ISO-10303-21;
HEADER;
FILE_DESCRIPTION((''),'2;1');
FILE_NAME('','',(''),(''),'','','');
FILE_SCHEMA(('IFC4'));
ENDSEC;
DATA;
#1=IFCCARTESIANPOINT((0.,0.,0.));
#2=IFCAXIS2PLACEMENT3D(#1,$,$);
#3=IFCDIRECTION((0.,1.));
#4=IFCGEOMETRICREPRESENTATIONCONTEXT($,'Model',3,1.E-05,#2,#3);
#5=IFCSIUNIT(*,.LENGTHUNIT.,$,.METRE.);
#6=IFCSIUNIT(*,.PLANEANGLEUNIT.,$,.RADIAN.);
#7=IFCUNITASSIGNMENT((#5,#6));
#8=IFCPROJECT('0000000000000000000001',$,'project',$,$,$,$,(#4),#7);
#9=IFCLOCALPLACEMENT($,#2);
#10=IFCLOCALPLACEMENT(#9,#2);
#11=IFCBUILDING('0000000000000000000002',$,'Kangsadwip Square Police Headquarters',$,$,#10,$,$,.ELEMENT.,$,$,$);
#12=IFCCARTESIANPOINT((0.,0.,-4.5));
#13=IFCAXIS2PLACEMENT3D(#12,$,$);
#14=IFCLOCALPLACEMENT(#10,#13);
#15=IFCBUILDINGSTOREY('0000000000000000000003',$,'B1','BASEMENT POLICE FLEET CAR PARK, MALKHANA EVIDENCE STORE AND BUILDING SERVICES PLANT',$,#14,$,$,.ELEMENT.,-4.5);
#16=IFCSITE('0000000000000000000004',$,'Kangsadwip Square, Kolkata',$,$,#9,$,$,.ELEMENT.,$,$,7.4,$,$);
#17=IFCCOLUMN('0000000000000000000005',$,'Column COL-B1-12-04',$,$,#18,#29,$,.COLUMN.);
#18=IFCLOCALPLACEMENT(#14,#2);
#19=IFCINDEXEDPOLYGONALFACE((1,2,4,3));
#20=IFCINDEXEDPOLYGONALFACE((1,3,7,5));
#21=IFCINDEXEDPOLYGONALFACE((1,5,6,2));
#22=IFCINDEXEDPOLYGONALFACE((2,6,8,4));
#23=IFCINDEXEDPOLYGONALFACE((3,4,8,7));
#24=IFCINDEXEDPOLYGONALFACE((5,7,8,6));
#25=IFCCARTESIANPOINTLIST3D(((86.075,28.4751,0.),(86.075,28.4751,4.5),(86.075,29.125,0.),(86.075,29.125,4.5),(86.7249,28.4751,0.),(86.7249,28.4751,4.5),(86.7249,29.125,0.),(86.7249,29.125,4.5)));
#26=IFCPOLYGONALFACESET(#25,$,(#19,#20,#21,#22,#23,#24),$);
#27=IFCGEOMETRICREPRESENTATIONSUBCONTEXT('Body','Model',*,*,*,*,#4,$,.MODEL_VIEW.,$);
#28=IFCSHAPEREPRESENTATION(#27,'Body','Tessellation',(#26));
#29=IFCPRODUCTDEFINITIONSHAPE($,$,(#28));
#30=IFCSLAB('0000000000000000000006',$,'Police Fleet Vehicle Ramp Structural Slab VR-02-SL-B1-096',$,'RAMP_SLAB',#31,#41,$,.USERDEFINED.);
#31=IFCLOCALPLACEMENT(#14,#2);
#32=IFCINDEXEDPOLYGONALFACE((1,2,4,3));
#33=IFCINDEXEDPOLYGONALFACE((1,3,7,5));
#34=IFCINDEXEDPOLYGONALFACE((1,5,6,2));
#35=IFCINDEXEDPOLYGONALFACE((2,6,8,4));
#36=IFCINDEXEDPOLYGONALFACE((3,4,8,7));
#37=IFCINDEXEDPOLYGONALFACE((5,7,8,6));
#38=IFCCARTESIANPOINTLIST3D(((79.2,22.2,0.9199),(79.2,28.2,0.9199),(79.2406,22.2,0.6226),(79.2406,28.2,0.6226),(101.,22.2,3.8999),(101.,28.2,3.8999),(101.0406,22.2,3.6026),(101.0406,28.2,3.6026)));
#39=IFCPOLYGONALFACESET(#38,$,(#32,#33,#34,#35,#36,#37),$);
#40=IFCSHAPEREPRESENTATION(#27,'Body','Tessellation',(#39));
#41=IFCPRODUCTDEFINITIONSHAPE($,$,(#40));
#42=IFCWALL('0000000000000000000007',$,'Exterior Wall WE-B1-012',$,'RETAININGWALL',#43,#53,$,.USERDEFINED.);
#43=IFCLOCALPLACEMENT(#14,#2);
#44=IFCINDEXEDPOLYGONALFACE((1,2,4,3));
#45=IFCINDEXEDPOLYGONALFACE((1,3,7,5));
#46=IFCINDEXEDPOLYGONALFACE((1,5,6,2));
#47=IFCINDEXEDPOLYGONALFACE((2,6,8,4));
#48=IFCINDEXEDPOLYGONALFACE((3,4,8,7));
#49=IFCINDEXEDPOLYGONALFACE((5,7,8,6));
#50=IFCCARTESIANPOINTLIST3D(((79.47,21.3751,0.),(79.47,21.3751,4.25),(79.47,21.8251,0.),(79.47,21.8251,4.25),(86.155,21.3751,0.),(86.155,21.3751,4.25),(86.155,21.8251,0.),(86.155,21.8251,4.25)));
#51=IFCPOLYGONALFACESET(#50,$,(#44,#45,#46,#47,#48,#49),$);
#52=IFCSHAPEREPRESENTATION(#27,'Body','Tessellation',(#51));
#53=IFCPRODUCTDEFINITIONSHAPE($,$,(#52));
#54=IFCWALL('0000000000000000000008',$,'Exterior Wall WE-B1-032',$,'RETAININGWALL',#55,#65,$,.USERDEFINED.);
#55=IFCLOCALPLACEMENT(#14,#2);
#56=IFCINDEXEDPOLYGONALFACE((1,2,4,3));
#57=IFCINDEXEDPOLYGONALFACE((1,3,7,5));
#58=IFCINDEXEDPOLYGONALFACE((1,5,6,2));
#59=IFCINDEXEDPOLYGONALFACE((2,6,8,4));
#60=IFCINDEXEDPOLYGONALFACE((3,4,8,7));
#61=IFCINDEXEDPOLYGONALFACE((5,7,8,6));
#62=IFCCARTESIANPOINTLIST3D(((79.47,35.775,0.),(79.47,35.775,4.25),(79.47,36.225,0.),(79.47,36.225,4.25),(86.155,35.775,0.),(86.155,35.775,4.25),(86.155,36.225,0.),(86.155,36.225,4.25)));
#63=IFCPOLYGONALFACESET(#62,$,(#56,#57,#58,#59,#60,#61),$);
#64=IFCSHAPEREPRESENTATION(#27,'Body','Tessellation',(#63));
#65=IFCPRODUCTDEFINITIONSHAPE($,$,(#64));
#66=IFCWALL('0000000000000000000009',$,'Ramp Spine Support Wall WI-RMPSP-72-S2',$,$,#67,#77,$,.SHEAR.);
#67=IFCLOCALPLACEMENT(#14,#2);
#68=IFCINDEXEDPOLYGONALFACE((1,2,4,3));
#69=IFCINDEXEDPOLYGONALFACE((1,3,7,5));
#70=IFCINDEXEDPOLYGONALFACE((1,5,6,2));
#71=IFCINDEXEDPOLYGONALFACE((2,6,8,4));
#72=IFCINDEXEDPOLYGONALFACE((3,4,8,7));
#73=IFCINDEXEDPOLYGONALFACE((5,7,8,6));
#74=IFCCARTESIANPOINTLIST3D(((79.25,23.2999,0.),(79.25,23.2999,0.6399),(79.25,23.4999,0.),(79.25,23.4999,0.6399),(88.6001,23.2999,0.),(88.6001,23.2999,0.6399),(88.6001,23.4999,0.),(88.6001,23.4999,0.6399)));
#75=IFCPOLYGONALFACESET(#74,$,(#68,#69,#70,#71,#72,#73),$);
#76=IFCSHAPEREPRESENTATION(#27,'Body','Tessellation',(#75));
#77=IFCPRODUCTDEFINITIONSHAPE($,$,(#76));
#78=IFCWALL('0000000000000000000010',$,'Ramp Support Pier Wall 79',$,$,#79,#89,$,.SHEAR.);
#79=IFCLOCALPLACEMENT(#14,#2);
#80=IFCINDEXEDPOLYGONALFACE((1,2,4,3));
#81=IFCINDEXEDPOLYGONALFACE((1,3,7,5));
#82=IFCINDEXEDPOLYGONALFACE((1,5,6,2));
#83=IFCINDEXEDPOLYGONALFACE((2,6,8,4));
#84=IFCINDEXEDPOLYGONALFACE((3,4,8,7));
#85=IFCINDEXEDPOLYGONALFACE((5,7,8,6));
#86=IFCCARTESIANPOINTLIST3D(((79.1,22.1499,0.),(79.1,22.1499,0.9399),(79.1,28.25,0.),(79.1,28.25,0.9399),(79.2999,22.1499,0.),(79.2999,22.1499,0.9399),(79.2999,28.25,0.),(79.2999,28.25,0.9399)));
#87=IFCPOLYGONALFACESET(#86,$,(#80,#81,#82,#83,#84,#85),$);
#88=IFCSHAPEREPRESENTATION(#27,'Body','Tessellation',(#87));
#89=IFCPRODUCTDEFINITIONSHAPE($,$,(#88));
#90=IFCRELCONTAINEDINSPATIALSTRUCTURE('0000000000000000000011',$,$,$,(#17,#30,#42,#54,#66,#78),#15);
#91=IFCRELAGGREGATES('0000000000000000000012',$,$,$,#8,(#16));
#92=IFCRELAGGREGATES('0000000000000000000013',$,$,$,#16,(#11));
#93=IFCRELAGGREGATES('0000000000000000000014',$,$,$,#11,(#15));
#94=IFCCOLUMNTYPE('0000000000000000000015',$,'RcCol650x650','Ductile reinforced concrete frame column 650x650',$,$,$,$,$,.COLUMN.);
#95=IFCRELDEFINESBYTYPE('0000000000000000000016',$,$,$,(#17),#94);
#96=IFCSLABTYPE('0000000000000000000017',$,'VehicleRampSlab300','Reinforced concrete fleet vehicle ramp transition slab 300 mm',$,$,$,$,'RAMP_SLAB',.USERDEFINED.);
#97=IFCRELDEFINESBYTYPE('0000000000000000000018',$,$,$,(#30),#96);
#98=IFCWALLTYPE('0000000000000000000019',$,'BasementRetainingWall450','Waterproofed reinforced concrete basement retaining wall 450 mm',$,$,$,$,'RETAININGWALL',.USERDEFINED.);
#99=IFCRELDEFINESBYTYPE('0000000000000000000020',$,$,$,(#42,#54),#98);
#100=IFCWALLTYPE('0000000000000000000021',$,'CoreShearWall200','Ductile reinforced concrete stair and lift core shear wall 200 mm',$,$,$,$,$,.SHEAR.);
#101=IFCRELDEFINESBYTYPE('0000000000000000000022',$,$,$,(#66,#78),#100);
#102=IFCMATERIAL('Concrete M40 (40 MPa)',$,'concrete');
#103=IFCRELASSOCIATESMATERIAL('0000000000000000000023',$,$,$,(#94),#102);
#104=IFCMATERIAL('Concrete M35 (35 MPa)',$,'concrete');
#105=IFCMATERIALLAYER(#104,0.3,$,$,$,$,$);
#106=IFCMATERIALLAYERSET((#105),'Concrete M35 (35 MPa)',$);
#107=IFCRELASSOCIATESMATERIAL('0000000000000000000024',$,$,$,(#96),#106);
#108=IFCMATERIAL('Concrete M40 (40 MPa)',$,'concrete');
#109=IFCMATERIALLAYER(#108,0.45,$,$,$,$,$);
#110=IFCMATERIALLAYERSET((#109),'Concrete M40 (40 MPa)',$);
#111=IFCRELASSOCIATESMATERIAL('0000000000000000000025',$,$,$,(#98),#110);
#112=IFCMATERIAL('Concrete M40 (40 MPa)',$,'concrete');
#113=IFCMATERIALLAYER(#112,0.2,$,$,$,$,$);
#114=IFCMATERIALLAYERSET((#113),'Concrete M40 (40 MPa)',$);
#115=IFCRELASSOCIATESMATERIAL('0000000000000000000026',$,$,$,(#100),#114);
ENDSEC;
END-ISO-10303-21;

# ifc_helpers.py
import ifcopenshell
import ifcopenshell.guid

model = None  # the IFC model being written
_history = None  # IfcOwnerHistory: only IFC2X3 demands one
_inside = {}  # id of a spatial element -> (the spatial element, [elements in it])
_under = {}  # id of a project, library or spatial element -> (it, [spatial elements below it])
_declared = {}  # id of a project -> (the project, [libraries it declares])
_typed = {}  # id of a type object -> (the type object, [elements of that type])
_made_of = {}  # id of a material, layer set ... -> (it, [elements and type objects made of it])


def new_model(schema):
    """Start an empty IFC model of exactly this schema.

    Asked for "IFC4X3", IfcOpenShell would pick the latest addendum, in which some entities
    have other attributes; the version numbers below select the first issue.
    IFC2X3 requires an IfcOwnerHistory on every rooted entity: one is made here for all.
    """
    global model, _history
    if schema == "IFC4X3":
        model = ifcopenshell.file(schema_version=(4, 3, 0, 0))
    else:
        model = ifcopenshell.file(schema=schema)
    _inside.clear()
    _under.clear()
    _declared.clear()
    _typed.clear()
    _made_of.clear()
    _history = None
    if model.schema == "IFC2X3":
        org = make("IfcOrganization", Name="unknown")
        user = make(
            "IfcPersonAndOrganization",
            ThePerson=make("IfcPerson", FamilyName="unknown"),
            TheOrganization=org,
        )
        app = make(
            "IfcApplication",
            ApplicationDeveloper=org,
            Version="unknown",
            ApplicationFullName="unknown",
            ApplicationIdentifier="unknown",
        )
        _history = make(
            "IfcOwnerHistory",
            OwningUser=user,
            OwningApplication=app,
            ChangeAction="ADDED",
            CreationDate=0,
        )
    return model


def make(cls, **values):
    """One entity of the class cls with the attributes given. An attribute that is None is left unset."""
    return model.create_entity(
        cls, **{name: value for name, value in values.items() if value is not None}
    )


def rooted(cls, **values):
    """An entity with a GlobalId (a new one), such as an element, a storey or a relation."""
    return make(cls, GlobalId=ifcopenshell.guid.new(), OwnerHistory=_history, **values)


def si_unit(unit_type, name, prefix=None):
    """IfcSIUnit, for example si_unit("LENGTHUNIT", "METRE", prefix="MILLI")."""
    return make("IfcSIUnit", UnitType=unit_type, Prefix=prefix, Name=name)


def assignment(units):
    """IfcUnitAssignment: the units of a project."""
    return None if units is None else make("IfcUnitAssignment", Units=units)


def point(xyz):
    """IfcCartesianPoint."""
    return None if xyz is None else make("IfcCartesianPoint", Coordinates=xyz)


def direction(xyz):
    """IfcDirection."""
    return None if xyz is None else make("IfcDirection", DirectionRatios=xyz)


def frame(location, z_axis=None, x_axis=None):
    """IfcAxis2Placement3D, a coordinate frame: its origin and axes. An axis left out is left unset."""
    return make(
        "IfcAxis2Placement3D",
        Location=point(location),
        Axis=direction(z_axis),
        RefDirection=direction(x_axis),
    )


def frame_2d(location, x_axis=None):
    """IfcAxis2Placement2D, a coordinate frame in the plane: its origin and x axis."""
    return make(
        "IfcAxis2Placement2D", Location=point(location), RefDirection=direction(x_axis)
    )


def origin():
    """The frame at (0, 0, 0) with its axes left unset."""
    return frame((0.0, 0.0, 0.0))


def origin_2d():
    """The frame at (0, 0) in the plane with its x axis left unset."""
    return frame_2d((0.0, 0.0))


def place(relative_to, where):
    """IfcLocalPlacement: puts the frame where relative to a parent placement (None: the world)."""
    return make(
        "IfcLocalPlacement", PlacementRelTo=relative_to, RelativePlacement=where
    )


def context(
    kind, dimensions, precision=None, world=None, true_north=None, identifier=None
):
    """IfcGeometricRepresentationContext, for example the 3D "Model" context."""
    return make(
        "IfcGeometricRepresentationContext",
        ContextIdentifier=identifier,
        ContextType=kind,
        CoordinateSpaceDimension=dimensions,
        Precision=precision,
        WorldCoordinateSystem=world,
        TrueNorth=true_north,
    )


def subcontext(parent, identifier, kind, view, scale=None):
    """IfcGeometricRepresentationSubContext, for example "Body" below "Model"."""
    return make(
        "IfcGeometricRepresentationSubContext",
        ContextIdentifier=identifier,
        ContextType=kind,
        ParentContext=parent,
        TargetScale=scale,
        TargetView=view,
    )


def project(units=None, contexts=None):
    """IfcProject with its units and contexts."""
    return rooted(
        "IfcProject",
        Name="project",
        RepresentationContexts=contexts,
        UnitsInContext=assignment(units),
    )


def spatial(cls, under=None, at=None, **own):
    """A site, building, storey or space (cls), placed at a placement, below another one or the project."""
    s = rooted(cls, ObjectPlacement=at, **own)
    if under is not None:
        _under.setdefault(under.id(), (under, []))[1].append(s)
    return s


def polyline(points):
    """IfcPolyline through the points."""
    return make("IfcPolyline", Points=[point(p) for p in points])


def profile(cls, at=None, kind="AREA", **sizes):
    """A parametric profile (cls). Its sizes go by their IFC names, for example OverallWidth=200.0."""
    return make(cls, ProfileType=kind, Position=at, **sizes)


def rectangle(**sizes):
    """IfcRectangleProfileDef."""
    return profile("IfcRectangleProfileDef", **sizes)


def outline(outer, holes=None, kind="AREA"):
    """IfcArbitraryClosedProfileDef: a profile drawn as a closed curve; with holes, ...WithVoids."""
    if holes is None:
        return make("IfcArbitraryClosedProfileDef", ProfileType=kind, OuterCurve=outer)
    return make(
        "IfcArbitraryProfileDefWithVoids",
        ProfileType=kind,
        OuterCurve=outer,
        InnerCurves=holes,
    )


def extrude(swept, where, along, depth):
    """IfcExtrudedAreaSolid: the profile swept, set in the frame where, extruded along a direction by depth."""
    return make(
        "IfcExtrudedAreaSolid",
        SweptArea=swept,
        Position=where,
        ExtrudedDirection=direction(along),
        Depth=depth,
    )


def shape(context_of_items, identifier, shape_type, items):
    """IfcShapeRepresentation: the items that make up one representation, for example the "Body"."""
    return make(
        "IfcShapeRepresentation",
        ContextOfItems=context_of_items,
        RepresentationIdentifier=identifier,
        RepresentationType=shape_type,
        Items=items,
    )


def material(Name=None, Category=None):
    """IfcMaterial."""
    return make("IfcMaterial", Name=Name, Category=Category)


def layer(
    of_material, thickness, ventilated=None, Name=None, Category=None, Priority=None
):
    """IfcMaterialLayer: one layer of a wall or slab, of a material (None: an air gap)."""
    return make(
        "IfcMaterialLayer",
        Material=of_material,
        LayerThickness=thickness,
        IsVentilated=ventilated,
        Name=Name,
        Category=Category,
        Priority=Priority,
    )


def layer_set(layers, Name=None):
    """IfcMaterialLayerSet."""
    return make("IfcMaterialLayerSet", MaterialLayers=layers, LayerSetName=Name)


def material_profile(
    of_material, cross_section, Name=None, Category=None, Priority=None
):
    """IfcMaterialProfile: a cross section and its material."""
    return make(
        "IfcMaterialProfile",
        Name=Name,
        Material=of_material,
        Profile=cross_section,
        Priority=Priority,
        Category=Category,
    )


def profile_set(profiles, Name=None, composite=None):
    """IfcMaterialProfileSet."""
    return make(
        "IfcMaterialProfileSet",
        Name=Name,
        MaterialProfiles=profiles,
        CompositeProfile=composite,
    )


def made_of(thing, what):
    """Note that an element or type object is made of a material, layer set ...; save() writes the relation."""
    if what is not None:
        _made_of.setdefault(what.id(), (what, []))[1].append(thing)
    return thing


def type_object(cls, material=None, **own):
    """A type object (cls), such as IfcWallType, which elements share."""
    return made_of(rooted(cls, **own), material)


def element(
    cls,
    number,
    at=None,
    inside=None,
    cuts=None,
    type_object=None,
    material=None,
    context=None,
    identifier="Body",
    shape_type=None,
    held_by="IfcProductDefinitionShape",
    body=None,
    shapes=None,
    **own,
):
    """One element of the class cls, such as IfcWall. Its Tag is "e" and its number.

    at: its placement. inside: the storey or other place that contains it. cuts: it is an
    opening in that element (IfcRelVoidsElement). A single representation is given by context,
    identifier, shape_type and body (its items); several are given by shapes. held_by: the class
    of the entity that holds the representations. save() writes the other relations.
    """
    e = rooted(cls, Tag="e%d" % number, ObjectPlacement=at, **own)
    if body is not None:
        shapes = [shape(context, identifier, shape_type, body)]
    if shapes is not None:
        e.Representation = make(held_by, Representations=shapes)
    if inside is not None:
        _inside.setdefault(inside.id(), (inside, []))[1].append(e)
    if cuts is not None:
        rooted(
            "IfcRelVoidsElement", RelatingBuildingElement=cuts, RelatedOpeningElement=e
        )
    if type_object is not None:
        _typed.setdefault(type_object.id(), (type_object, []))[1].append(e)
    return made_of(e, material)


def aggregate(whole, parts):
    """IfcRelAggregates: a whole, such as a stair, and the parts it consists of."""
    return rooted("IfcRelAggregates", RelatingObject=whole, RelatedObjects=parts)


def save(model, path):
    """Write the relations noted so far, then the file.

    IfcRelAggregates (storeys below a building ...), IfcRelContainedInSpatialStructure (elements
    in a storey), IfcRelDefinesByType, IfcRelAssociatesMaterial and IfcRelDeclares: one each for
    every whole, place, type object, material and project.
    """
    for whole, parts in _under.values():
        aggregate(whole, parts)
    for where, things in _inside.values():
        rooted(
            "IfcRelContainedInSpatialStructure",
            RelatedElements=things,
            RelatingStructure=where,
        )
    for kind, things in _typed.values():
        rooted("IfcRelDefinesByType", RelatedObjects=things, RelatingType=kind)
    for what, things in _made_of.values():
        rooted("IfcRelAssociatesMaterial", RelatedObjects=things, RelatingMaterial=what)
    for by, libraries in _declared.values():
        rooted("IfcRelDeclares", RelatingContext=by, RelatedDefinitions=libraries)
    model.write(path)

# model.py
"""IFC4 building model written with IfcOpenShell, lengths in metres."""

from ifc_helpers import new_model, si_unit, direction, frame, frame_2d, origin, origin_2d, place, context, subcontext, project, spatial, polyline, rectangle, outline, extrude, material, layer, layer_set, material_profile, profile_set, type_object, element, save


model = new_model("IFC4")

# Units and contexts
model_context = context("Model", 3, precision=1e-05, world=origin(), true_north=direction((0.0, 1.0)))
body_context = subcontext(model_context, "Body", "Model", "MODEL_VIEW")
ifc_project = project(units=[si_unit("LENGTHUNIT", "METRE"), si_unit("PLANEANGLEUNIT", "RADIAN")], contexts=[model_context])

# Site, building, storey
site_placement = place(None, origin())
site = spatial("IfcSite", under=ifc_project, at=site_placement, Name="Kangsadwip Square, Kolkata", CompositionType="ELEMENT", RefElevation=7.4)
building_placement = place(site_placement, origin())
building = spatial("IfcBuilding", under=site, at=building_placement, Name="Kangsadwip Square Police Headquarters", CompositionType="ELEMENT")
storey_placement = place(building_placement, frame((0.0, 0.0, -4.5)))
storey = spatial("IfcBuildingStorey", under=building, at=storey_placement, Name="B1", Description="BASEMENT POLICE FLEET CAR PARK, MALKHANA EVIDENCE STORE AND BUILDING SERVICES PLANT", CompositionType="ELEMENT", Elevation=-4.5)

# Column
ifc_material_1 = material(Name="Concrete M40 (40 MPa)", Category="concrete")
ifc_material_profile_1 = material_profile(ifc_material_1, rectangle(XDim=0.6499, YDim=0.6499, at=origin_2d()), Name="RC COL 650X650")
ifc_profile_set_1 = profile_set([ifc_material_profile_1], Name="Concrete M40 (40 MPa)")
column_type_1 = type_object("IfcColumnType", Name="RcCol650x650", Description="Ductile reinforced concrete frame column 650x650", PredefinedType="COLUMN", material=ifc_profile_set_1)
for number, where, z_axis, x_axis, name in (
    (1, (86.3999, 28.8, 0.0), (0.0, 0.0, 1.0), (1.0, 0.0, 0.0), "Column COL-B1-12-04"),
):
    element("IfcColumn", number, at=place(storey_placement, frame(where, z_axis=z_axis, x_axis=x_axis)), inside=storey, type_object=column_type_1, Name=name, PredefinedType="COLUMN", context=body_context, shape_type="SweptSolid", body=[
        extrude(rectangle(XDim=0.6499, YDim=0.6499, at=origin_2d()), origin(), (0.0, 0.0, 1.0), 4.5),
    ])

# Slab
ifc_material_2 = material(Name="Concrete M35 (35 MPa)", Category="concrete")
ifc_layer_1 = layer(ifc_material_2, 0.3)
ifc_layer_set_1 = layer_set([ifc_layer_1], Name="Concrete M35 (35 MPa)")
slab_type = type_object("IfcSlabType", Name="VehicleRampSlab300", Description="Reinforced concrete fleet vehicle ramp transition slab 300 mm", ElementType="RAMP_SLAB", PredefinedType="USERDEFINED", material=ifc_layer_set_1)
slab_placement = place(storey_placement, frame((79.2, 22.2, 0.9199), z_axis=(-0.135437, 0.0, 0.990786), x_axis=(0.990786, 0.0, 0.135437)))
element("IfcSlab", 2, at=slab_placement, inside=storey, type_object=slab_type, Name="Police Fleet Vehicle Ramp Structural Slab VR-02-SL-B1-096", ObjectType="RAMP_SLAB", PredefinedType="USERDEFINED", context=body_context, shape_type="SweptSolid", body=[
    extrude(outline(polyline([(0.0, 0.0), (22.0028, 0.0), (22.0028, 6.0), (0.0, 6.0), (0.0, 0.0)])), origin(), (0.0, 0.0, -1.0), 0.3),
])

# Walls
ifc_material_3 = material(Name="Concrete M40 (40 MPa)", Category="concrete")
ifc_layer_2 = layer(ifc_material_3, 0.45)
ifc_layer_set_2 = layer_set([ifc_layer_2], Name="Concrete M40 (40 MPa)")
wall_type_1 = type_object("IfcWallType", Name="BasementRetainingWall450", Description="Waterproofed reinforced concrete basement retaining wall 450 mm", ElementType="RETAININGWALL", PredefinedType="USERDEFINED", material=ifc_layer_set_2)
for number, where, z_axis, x_axis, name in (
    (3, (79.47, 21.6001, 0.0), (0.0, 0.0, 1.0), (1.0, 0.0, 0.0), "Exterior Wall WE-B1-012"),
    (4, (79.47, 36.0, 0.0), (0.0, 0.0, 1.0), (1.0, 0.0, 0.0), "Exterior Wall WE-B1-032"),
):
    element("IfcWall", number, at=place(storey_placement, frame(where, z_axis=z_axis, x_axis=x_axis)), inside=storey, type_object=wall_type_1, Name=name, ObjectType="RETAININGWALL", PredefinedType="USERDEFINED", context=body_context, shape_type="SweptSolid", body=[
        extrude(rectangle(XDim=6.6851, YDim=0.45, at=frame_2d((3.3425, 0.0))), origin(), (0.0, 0.0, 1.0), 4.25),
    ])
ifc_material_4 = material(Name="Concrete M40 (40 MPa)", Category="concrete")
ifc_layer_3 = layer(ifc_material_4, 0.2)
ifc_layer_set_3 = layer_set([ifc_layer_3], Name="Concrete M40 (40 MPa)")
wall_type_2 = type_object("IfcWallType", Name="CoreShearWall200", Description="Ductile reinforced concrete stair and lift core shear wall 200 mm", PredefinedType="SHEAR", material=ifc_layer_set_3)
wall_1_placement = place(storey_placement, frame((79.25, 23.3999, 0.0), z_axis=(0.0, 0.0, 1.0), x_axis=(1.0, 0.0, 0.0)))
element("IfcWall", 5, at=wall_1_placement, inside=storey, type_object=wall_type_2, Name="Ramp Spine Support Wall WI-RMPSP-72-S2", PredefinedType="SHEAR", context=body_context, shape_type="SweptSolid", body=[
    extrude(rectangle(XDim=9.3501, YDim=0.2, at=frame_2d((4.675, 0.0))), origin(), (0.0, 0.0, 1.0), 0.6399),
])
wall_2_placement = place(storey_placement, frame((79.2, 22.1499, 0.0), z_axis=(0.0, 0.0, 1.0), x_axis=(0.0, 1.0, 0.0)))
element("IfcWall", 6, at=wall_2_placement, inside=storey, type_object=wall_type_2, Name="Ramp Support Pier Wall 79", PredefinedType="SHEAR", context=body_context, shape_type="SweptSolid", body=[
    extrude(rectangle(XDim=6.1001, YDim=0.2, at=frame_2d((3.05, 0.0))), origin(), (0.0, 0.0, 1.0), 0.9399),
])

save(model, "model.ifc")
